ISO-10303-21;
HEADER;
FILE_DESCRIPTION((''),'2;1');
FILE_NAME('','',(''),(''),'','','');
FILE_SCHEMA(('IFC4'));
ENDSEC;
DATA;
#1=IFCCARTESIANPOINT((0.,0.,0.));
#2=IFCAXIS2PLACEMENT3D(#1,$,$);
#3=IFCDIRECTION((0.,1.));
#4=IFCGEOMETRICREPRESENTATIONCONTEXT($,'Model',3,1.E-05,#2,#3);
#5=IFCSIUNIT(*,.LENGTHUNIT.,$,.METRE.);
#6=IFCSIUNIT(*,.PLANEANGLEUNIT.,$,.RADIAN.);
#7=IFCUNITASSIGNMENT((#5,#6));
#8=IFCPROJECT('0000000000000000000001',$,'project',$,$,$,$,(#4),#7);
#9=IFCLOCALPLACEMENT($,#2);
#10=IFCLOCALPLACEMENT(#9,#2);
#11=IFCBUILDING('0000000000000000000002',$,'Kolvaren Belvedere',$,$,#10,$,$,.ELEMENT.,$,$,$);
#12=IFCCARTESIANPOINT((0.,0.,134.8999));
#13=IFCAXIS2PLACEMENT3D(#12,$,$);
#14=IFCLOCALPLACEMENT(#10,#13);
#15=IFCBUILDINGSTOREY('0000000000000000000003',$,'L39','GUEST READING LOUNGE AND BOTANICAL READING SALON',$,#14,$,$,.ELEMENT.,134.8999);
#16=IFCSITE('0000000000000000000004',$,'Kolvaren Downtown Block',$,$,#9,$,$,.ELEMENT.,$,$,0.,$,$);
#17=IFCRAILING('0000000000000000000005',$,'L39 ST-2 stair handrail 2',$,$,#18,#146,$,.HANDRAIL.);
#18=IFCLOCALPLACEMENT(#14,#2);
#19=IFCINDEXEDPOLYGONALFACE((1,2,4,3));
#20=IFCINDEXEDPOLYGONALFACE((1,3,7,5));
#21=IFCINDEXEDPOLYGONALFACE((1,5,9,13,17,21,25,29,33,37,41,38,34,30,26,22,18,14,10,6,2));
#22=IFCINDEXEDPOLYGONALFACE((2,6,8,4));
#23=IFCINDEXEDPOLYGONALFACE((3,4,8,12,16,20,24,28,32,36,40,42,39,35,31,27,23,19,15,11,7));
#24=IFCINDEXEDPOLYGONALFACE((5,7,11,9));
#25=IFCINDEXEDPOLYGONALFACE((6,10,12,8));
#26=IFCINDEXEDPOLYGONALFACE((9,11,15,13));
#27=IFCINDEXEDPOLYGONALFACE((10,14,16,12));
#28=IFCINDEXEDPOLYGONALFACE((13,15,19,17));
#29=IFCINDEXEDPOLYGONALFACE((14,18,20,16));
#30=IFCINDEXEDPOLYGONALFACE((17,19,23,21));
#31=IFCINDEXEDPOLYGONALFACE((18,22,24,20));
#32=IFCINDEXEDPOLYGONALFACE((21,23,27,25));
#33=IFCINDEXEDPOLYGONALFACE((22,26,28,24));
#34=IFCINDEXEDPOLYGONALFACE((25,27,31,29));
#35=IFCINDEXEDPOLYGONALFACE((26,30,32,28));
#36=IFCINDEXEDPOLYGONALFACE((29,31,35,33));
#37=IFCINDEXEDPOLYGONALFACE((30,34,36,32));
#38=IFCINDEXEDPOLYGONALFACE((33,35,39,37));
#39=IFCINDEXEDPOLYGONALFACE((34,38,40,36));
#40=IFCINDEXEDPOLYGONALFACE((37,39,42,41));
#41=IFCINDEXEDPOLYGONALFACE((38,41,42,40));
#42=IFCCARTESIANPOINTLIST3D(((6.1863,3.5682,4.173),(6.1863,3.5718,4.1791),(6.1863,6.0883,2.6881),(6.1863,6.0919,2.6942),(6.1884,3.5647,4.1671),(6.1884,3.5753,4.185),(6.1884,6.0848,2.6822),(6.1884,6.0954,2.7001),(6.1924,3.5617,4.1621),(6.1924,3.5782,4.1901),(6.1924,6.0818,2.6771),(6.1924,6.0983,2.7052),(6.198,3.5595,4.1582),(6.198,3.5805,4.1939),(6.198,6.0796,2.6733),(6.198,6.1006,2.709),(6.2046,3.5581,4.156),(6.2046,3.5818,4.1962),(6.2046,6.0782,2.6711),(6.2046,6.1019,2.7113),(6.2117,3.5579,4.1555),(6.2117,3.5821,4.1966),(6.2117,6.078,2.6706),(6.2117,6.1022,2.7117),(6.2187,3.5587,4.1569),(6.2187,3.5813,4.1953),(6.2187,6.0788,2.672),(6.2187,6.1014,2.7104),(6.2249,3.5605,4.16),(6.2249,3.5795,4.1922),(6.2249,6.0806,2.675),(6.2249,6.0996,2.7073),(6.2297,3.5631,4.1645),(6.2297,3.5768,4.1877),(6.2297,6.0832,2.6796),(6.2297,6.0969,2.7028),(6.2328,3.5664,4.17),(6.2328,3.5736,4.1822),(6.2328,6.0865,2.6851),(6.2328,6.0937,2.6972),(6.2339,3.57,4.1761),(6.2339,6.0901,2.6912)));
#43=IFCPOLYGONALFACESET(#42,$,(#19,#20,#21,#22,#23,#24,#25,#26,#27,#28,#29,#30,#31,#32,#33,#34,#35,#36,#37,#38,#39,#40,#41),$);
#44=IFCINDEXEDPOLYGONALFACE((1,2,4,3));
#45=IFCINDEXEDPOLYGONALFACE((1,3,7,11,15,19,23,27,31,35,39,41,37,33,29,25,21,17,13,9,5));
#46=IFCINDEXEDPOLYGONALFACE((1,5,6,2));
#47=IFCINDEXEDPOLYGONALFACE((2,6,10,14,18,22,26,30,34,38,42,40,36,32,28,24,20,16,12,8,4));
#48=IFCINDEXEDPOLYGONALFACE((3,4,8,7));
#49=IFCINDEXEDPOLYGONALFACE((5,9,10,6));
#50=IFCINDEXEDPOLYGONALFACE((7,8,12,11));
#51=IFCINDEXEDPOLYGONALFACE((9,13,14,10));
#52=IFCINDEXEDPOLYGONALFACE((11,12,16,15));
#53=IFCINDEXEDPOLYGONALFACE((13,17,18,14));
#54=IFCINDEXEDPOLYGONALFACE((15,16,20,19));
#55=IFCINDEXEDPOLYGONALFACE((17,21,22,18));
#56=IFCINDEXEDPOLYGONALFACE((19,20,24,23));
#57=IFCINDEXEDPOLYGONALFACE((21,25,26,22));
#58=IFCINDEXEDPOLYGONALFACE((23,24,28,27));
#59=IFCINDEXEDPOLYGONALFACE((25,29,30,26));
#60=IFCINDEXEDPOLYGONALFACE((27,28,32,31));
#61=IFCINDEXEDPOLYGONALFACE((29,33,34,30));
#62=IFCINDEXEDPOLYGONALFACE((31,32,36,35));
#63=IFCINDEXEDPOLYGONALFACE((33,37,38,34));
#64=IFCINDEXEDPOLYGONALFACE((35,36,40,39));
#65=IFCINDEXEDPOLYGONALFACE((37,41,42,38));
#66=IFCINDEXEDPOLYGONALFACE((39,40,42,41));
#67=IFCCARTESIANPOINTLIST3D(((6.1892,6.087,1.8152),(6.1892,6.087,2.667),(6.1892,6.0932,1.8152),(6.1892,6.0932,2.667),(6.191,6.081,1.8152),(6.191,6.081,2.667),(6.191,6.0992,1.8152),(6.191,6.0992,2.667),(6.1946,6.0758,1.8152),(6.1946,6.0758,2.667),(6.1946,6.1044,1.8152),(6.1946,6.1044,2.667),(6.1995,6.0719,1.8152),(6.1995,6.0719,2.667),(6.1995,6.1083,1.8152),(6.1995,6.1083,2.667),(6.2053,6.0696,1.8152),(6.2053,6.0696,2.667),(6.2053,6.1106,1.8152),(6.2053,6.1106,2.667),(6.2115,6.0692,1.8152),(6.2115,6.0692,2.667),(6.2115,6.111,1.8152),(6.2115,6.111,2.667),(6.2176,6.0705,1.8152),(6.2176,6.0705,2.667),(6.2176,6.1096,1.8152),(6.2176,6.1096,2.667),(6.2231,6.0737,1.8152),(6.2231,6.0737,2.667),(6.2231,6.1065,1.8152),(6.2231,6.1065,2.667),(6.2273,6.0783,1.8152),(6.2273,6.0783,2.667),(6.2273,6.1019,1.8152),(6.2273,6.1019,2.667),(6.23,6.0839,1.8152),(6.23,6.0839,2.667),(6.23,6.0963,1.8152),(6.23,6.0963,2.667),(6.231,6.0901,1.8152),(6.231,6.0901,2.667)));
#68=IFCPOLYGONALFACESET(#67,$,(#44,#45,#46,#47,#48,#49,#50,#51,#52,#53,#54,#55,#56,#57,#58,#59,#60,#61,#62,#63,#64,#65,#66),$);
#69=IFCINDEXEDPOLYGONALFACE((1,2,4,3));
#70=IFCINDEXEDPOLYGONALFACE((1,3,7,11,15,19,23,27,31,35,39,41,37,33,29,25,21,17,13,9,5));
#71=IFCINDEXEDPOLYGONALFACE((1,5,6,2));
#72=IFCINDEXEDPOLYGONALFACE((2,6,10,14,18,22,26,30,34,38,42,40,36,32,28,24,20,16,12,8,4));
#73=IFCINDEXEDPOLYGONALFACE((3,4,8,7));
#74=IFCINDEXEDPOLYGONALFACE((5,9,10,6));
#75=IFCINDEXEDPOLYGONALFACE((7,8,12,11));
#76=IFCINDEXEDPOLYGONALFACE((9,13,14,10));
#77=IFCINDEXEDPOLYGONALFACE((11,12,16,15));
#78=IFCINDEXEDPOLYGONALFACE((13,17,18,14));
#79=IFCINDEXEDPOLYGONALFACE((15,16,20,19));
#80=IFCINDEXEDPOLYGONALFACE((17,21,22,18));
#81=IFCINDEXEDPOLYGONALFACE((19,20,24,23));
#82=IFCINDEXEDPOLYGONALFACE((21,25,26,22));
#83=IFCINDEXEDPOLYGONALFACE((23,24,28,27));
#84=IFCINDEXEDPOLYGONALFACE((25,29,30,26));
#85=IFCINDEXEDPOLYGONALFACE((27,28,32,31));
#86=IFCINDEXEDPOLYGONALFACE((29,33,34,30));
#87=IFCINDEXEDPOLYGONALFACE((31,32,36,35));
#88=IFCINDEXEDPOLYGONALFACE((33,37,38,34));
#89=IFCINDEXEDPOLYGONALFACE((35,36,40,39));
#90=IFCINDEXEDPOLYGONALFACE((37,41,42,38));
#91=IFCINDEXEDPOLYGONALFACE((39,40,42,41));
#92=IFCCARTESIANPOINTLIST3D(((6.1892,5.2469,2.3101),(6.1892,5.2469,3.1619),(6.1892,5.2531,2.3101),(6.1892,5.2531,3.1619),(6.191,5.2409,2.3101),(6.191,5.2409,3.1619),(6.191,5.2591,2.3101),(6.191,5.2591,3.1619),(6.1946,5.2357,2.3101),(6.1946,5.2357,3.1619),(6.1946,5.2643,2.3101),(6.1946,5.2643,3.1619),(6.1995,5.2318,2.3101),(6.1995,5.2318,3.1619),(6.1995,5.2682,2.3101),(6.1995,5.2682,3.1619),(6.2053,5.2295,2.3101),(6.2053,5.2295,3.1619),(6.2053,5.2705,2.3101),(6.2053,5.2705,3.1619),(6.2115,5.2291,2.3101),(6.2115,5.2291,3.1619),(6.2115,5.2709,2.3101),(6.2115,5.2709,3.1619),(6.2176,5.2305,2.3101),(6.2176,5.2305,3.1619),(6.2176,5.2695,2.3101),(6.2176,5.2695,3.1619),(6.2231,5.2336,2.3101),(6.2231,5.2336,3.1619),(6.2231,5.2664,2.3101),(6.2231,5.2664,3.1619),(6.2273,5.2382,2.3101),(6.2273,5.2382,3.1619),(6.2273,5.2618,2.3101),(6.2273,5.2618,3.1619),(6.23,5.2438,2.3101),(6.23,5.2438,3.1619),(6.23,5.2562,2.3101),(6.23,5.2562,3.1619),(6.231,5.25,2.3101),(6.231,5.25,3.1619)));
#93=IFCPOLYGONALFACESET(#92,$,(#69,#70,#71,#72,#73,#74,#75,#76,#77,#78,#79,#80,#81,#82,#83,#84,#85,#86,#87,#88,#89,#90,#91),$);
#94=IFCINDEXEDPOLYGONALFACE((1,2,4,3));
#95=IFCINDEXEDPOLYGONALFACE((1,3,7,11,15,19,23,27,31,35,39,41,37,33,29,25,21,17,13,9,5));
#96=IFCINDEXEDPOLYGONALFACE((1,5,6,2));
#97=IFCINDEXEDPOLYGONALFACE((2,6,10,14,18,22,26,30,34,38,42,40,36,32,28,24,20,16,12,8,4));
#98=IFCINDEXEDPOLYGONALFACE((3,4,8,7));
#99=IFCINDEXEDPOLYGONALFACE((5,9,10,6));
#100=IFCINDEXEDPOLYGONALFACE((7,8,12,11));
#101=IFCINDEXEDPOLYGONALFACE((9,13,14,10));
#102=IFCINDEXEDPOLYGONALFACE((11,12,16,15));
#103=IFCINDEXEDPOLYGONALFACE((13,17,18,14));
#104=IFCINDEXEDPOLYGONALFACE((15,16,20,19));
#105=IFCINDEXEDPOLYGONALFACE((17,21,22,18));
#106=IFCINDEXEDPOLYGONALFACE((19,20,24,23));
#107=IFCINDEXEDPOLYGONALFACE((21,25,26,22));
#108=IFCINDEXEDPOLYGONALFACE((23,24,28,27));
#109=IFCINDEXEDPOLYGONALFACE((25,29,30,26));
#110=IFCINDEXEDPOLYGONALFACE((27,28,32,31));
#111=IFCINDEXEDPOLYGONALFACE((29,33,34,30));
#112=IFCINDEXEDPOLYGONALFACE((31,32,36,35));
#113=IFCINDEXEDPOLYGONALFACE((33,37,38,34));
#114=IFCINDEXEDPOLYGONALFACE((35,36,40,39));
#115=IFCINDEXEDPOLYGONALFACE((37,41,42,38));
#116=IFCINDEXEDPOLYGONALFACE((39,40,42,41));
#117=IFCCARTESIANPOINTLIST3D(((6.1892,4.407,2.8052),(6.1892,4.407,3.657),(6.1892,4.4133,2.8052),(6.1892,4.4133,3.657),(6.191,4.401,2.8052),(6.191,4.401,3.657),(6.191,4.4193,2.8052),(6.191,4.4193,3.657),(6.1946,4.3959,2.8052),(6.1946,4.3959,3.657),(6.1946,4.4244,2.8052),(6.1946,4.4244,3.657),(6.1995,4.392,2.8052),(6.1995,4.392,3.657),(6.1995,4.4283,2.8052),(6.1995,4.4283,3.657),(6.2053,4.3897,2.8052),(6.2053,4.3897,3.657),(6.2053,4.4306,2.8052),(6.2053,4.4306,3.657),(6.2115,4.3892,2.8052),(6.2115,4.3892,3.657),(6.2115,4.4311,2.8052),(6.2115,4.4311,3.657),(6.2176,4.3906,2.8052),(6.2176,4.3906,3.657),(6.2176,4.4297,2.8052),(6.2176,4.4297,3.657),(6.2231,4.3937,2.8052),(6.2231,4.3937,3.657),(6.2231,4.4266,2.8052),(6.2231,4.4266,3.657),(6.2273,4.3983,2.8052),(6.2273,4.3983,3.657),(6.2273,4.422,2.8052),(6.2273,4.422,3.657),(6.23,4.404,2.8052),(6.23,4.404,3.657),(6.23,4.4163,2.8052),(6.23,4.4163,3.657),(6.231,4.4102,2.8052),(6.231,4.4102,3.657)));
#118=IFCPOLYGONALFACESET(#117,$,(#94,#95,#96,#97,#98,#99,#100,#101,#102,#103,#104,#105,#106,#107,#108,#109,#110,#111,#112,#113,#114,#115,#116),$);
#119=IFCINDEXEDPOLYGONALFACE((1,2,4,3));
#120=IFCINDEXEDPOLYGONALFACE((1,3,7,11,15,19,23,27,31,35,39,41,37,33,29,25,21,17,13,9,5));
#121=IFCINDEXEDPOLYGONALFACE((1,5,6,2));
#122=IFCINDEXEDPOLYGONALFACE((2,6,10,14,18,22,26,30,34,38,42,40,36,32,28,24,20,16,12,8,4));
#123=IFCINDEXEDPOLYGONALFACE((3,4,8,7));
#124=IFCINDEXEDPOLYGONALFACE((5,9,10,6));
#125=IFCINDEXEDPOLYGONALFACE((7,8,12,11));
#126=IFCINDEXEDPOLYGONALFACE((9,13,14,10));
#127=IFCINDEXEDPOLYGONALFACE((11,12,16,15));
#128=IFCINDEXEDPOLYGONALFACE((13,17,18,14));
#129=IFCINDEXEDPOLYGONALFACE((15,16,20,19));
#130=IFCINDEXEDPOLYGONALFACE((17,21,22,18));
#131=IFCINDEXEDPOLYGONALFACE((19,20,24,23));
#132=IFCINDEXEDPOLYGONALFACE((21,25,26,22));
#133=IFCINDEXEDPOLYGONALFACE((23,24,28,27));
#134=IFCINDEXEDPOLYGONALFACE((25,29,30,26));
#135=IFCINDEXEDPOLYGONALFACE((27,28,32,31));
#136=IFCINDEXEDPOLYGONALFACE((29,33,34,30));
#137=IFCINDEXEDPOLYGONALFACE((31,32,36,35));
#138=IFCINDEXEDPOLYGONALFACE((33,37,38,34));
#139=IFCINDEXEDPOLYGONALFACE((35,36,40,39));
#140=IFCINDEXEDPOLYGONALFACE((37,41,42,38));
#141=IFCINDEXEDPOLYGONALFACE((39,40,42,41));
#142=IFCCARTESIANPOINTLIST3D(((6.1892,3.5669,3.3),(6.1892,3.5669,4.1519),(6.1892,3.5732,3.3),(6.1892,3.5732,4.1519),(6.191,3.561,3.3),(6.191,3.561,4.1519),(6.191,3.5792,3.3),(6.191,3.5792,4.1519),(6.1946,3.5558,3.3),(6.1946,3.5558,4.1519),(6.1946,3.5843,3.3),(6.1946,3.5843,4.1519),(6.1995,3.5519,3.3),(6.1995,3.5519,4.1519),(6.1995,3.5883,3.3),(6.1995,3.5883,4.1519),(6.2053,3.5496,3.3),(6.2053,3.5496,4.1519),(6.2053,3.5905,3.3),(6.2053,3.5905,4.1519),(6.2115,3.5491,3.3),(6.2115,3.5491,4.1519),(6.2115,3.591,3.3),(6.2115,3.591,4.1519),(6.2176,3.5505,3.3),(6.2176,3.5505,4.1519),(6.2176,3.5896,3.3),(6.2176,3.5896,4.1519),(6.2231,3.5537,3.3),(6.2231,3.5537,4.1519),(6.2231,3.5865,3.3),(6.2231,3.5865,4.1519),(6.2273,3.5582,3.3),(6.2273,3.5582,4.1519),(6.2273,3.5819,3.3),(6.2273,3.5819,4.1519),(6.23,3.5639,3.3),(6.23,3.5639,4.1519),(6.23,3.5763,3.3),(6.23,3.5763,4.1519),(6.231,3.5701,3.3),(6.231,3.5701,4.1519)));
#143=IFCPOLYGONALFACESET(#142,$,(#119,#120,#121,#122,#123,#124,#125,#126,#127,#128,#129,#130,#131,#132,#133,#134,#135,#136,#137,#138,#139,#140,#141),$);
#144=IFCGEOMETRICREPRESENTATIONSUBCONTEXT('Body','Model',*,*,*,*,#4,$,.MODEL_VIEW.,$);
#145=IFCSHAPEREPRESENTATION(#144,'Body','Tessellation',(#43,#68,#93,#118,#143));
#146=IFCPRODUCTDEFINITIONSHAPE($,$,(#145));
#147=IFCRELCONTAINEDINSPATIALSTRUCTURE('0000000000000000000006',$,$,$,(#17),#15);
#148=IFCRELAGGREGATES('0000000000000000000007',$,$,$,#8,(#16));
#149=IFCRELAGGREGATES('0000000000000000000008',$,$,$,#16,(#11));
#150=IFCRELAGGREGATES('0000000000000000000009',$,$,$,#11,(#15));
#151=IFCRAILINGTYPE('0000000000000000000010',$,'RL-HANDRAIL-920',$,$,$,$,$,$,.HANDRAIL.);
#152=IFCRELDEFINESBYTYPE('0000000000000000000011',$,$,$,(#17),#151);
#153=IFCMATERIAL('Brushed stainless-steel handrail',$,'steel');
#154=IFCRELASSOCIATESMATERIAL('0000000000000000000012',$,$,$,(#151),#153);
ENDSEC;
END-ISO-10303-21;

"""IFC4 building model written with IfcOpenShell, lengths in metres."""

from ifc_helpers import new_model, si_unit, direction, frame, origin, origin_2d, place, context, subcontext, project, spatial, circle, extrude, material, type_object, element, save


model = new_model("IFC4")

# Units and contexts
model_context = context("Model", 3, precision=1e-05, world=origin(), true_north=direction((0.0, 1.0)))
body_context = subcontext(model_context, "Body", "Model", "MODEL_VIEW")
ifc_project = project(units=[si_unit("LENGTHUNIT", "METRE"), si_unit("PLANEANGLEUNIT", "RADIAN")], contexts=[model_context])

# Site, building, storey
site_placement = place(None, origin())
site = spatial("IfcSite", under=ifc_project, at=site_placement, Name="Kolvaren Downtown Block", CompositionType="ELEMENT", RefElevation=0.0)
building_placement = place(site_placement, origin())
building = spatial("IfcBuilding", under=site, at=building_placement, Name="Kolvaren Belvedere", CompositionType="ELEMENT")
storey_placement = place(building_placement, frame((0.0, 0.0, 134.8999)))
storey = spatial("IfcBuildingStorey", under=building, at=storey_placement, Name="L39", Description="GUEST READING LOUNGE AND BOTANICAL READING SALON", CompositionType="ELEMENT", Elevation=134.8999)

# Railing
ifc_material_1 = material(Name="Brushed stainless-steel handrail", Category="steel")
railing_type_1 = type_object("IfcRailingType", Name="RL-HANDRAIL-920", PredefinedType="HANDRAIL", material=ifc_material_1)
railing_1_placement = place(storey_placement, frame((6.21, 6.0901, 1.8152)))
element("IfcRailing", 1, at=railing_1_placement, inside=storey, type_object=railing_type_1, Name="L39 ST-2 stair handrail 2", PredefinedType="HANDRAIL", context=body_context, shape_type="SweptSolid", body=[
    extrude(circle(Radius=0.0239, at=origin_2d()), frame((0.0, 0.0, 0.876), z_axis=(0.0, -0.861561, 0.507655), x_axis=(1.0, 0.0, 0.0)), (0.0, 0.0, 1.0), 2.925),
    extrude(circle(Radius=0.021, at=origin_2d()), origin(), (0.0, 0.0, 1.0), 0.8518),
    extrude(circle(Radius=0.021, at=origin_2d()), frame((0.0, -0.8401, 0.4949)), (0.0, 0.0, 1.0), 0.8518),
    extrude(circle(Radius=0.021, at=origin_2d()), frame((0.0, -1.6799, 0.99)), (0.0, 0.0, 1.0), 0.8518),
    extrude(circle(Radius=0.021, at=origin_2d()), frame((0.0, -2.52, 1.4849)), (0.0, 0.0, 1.0), 0.8518),
])

save(model, "model.ifc")
